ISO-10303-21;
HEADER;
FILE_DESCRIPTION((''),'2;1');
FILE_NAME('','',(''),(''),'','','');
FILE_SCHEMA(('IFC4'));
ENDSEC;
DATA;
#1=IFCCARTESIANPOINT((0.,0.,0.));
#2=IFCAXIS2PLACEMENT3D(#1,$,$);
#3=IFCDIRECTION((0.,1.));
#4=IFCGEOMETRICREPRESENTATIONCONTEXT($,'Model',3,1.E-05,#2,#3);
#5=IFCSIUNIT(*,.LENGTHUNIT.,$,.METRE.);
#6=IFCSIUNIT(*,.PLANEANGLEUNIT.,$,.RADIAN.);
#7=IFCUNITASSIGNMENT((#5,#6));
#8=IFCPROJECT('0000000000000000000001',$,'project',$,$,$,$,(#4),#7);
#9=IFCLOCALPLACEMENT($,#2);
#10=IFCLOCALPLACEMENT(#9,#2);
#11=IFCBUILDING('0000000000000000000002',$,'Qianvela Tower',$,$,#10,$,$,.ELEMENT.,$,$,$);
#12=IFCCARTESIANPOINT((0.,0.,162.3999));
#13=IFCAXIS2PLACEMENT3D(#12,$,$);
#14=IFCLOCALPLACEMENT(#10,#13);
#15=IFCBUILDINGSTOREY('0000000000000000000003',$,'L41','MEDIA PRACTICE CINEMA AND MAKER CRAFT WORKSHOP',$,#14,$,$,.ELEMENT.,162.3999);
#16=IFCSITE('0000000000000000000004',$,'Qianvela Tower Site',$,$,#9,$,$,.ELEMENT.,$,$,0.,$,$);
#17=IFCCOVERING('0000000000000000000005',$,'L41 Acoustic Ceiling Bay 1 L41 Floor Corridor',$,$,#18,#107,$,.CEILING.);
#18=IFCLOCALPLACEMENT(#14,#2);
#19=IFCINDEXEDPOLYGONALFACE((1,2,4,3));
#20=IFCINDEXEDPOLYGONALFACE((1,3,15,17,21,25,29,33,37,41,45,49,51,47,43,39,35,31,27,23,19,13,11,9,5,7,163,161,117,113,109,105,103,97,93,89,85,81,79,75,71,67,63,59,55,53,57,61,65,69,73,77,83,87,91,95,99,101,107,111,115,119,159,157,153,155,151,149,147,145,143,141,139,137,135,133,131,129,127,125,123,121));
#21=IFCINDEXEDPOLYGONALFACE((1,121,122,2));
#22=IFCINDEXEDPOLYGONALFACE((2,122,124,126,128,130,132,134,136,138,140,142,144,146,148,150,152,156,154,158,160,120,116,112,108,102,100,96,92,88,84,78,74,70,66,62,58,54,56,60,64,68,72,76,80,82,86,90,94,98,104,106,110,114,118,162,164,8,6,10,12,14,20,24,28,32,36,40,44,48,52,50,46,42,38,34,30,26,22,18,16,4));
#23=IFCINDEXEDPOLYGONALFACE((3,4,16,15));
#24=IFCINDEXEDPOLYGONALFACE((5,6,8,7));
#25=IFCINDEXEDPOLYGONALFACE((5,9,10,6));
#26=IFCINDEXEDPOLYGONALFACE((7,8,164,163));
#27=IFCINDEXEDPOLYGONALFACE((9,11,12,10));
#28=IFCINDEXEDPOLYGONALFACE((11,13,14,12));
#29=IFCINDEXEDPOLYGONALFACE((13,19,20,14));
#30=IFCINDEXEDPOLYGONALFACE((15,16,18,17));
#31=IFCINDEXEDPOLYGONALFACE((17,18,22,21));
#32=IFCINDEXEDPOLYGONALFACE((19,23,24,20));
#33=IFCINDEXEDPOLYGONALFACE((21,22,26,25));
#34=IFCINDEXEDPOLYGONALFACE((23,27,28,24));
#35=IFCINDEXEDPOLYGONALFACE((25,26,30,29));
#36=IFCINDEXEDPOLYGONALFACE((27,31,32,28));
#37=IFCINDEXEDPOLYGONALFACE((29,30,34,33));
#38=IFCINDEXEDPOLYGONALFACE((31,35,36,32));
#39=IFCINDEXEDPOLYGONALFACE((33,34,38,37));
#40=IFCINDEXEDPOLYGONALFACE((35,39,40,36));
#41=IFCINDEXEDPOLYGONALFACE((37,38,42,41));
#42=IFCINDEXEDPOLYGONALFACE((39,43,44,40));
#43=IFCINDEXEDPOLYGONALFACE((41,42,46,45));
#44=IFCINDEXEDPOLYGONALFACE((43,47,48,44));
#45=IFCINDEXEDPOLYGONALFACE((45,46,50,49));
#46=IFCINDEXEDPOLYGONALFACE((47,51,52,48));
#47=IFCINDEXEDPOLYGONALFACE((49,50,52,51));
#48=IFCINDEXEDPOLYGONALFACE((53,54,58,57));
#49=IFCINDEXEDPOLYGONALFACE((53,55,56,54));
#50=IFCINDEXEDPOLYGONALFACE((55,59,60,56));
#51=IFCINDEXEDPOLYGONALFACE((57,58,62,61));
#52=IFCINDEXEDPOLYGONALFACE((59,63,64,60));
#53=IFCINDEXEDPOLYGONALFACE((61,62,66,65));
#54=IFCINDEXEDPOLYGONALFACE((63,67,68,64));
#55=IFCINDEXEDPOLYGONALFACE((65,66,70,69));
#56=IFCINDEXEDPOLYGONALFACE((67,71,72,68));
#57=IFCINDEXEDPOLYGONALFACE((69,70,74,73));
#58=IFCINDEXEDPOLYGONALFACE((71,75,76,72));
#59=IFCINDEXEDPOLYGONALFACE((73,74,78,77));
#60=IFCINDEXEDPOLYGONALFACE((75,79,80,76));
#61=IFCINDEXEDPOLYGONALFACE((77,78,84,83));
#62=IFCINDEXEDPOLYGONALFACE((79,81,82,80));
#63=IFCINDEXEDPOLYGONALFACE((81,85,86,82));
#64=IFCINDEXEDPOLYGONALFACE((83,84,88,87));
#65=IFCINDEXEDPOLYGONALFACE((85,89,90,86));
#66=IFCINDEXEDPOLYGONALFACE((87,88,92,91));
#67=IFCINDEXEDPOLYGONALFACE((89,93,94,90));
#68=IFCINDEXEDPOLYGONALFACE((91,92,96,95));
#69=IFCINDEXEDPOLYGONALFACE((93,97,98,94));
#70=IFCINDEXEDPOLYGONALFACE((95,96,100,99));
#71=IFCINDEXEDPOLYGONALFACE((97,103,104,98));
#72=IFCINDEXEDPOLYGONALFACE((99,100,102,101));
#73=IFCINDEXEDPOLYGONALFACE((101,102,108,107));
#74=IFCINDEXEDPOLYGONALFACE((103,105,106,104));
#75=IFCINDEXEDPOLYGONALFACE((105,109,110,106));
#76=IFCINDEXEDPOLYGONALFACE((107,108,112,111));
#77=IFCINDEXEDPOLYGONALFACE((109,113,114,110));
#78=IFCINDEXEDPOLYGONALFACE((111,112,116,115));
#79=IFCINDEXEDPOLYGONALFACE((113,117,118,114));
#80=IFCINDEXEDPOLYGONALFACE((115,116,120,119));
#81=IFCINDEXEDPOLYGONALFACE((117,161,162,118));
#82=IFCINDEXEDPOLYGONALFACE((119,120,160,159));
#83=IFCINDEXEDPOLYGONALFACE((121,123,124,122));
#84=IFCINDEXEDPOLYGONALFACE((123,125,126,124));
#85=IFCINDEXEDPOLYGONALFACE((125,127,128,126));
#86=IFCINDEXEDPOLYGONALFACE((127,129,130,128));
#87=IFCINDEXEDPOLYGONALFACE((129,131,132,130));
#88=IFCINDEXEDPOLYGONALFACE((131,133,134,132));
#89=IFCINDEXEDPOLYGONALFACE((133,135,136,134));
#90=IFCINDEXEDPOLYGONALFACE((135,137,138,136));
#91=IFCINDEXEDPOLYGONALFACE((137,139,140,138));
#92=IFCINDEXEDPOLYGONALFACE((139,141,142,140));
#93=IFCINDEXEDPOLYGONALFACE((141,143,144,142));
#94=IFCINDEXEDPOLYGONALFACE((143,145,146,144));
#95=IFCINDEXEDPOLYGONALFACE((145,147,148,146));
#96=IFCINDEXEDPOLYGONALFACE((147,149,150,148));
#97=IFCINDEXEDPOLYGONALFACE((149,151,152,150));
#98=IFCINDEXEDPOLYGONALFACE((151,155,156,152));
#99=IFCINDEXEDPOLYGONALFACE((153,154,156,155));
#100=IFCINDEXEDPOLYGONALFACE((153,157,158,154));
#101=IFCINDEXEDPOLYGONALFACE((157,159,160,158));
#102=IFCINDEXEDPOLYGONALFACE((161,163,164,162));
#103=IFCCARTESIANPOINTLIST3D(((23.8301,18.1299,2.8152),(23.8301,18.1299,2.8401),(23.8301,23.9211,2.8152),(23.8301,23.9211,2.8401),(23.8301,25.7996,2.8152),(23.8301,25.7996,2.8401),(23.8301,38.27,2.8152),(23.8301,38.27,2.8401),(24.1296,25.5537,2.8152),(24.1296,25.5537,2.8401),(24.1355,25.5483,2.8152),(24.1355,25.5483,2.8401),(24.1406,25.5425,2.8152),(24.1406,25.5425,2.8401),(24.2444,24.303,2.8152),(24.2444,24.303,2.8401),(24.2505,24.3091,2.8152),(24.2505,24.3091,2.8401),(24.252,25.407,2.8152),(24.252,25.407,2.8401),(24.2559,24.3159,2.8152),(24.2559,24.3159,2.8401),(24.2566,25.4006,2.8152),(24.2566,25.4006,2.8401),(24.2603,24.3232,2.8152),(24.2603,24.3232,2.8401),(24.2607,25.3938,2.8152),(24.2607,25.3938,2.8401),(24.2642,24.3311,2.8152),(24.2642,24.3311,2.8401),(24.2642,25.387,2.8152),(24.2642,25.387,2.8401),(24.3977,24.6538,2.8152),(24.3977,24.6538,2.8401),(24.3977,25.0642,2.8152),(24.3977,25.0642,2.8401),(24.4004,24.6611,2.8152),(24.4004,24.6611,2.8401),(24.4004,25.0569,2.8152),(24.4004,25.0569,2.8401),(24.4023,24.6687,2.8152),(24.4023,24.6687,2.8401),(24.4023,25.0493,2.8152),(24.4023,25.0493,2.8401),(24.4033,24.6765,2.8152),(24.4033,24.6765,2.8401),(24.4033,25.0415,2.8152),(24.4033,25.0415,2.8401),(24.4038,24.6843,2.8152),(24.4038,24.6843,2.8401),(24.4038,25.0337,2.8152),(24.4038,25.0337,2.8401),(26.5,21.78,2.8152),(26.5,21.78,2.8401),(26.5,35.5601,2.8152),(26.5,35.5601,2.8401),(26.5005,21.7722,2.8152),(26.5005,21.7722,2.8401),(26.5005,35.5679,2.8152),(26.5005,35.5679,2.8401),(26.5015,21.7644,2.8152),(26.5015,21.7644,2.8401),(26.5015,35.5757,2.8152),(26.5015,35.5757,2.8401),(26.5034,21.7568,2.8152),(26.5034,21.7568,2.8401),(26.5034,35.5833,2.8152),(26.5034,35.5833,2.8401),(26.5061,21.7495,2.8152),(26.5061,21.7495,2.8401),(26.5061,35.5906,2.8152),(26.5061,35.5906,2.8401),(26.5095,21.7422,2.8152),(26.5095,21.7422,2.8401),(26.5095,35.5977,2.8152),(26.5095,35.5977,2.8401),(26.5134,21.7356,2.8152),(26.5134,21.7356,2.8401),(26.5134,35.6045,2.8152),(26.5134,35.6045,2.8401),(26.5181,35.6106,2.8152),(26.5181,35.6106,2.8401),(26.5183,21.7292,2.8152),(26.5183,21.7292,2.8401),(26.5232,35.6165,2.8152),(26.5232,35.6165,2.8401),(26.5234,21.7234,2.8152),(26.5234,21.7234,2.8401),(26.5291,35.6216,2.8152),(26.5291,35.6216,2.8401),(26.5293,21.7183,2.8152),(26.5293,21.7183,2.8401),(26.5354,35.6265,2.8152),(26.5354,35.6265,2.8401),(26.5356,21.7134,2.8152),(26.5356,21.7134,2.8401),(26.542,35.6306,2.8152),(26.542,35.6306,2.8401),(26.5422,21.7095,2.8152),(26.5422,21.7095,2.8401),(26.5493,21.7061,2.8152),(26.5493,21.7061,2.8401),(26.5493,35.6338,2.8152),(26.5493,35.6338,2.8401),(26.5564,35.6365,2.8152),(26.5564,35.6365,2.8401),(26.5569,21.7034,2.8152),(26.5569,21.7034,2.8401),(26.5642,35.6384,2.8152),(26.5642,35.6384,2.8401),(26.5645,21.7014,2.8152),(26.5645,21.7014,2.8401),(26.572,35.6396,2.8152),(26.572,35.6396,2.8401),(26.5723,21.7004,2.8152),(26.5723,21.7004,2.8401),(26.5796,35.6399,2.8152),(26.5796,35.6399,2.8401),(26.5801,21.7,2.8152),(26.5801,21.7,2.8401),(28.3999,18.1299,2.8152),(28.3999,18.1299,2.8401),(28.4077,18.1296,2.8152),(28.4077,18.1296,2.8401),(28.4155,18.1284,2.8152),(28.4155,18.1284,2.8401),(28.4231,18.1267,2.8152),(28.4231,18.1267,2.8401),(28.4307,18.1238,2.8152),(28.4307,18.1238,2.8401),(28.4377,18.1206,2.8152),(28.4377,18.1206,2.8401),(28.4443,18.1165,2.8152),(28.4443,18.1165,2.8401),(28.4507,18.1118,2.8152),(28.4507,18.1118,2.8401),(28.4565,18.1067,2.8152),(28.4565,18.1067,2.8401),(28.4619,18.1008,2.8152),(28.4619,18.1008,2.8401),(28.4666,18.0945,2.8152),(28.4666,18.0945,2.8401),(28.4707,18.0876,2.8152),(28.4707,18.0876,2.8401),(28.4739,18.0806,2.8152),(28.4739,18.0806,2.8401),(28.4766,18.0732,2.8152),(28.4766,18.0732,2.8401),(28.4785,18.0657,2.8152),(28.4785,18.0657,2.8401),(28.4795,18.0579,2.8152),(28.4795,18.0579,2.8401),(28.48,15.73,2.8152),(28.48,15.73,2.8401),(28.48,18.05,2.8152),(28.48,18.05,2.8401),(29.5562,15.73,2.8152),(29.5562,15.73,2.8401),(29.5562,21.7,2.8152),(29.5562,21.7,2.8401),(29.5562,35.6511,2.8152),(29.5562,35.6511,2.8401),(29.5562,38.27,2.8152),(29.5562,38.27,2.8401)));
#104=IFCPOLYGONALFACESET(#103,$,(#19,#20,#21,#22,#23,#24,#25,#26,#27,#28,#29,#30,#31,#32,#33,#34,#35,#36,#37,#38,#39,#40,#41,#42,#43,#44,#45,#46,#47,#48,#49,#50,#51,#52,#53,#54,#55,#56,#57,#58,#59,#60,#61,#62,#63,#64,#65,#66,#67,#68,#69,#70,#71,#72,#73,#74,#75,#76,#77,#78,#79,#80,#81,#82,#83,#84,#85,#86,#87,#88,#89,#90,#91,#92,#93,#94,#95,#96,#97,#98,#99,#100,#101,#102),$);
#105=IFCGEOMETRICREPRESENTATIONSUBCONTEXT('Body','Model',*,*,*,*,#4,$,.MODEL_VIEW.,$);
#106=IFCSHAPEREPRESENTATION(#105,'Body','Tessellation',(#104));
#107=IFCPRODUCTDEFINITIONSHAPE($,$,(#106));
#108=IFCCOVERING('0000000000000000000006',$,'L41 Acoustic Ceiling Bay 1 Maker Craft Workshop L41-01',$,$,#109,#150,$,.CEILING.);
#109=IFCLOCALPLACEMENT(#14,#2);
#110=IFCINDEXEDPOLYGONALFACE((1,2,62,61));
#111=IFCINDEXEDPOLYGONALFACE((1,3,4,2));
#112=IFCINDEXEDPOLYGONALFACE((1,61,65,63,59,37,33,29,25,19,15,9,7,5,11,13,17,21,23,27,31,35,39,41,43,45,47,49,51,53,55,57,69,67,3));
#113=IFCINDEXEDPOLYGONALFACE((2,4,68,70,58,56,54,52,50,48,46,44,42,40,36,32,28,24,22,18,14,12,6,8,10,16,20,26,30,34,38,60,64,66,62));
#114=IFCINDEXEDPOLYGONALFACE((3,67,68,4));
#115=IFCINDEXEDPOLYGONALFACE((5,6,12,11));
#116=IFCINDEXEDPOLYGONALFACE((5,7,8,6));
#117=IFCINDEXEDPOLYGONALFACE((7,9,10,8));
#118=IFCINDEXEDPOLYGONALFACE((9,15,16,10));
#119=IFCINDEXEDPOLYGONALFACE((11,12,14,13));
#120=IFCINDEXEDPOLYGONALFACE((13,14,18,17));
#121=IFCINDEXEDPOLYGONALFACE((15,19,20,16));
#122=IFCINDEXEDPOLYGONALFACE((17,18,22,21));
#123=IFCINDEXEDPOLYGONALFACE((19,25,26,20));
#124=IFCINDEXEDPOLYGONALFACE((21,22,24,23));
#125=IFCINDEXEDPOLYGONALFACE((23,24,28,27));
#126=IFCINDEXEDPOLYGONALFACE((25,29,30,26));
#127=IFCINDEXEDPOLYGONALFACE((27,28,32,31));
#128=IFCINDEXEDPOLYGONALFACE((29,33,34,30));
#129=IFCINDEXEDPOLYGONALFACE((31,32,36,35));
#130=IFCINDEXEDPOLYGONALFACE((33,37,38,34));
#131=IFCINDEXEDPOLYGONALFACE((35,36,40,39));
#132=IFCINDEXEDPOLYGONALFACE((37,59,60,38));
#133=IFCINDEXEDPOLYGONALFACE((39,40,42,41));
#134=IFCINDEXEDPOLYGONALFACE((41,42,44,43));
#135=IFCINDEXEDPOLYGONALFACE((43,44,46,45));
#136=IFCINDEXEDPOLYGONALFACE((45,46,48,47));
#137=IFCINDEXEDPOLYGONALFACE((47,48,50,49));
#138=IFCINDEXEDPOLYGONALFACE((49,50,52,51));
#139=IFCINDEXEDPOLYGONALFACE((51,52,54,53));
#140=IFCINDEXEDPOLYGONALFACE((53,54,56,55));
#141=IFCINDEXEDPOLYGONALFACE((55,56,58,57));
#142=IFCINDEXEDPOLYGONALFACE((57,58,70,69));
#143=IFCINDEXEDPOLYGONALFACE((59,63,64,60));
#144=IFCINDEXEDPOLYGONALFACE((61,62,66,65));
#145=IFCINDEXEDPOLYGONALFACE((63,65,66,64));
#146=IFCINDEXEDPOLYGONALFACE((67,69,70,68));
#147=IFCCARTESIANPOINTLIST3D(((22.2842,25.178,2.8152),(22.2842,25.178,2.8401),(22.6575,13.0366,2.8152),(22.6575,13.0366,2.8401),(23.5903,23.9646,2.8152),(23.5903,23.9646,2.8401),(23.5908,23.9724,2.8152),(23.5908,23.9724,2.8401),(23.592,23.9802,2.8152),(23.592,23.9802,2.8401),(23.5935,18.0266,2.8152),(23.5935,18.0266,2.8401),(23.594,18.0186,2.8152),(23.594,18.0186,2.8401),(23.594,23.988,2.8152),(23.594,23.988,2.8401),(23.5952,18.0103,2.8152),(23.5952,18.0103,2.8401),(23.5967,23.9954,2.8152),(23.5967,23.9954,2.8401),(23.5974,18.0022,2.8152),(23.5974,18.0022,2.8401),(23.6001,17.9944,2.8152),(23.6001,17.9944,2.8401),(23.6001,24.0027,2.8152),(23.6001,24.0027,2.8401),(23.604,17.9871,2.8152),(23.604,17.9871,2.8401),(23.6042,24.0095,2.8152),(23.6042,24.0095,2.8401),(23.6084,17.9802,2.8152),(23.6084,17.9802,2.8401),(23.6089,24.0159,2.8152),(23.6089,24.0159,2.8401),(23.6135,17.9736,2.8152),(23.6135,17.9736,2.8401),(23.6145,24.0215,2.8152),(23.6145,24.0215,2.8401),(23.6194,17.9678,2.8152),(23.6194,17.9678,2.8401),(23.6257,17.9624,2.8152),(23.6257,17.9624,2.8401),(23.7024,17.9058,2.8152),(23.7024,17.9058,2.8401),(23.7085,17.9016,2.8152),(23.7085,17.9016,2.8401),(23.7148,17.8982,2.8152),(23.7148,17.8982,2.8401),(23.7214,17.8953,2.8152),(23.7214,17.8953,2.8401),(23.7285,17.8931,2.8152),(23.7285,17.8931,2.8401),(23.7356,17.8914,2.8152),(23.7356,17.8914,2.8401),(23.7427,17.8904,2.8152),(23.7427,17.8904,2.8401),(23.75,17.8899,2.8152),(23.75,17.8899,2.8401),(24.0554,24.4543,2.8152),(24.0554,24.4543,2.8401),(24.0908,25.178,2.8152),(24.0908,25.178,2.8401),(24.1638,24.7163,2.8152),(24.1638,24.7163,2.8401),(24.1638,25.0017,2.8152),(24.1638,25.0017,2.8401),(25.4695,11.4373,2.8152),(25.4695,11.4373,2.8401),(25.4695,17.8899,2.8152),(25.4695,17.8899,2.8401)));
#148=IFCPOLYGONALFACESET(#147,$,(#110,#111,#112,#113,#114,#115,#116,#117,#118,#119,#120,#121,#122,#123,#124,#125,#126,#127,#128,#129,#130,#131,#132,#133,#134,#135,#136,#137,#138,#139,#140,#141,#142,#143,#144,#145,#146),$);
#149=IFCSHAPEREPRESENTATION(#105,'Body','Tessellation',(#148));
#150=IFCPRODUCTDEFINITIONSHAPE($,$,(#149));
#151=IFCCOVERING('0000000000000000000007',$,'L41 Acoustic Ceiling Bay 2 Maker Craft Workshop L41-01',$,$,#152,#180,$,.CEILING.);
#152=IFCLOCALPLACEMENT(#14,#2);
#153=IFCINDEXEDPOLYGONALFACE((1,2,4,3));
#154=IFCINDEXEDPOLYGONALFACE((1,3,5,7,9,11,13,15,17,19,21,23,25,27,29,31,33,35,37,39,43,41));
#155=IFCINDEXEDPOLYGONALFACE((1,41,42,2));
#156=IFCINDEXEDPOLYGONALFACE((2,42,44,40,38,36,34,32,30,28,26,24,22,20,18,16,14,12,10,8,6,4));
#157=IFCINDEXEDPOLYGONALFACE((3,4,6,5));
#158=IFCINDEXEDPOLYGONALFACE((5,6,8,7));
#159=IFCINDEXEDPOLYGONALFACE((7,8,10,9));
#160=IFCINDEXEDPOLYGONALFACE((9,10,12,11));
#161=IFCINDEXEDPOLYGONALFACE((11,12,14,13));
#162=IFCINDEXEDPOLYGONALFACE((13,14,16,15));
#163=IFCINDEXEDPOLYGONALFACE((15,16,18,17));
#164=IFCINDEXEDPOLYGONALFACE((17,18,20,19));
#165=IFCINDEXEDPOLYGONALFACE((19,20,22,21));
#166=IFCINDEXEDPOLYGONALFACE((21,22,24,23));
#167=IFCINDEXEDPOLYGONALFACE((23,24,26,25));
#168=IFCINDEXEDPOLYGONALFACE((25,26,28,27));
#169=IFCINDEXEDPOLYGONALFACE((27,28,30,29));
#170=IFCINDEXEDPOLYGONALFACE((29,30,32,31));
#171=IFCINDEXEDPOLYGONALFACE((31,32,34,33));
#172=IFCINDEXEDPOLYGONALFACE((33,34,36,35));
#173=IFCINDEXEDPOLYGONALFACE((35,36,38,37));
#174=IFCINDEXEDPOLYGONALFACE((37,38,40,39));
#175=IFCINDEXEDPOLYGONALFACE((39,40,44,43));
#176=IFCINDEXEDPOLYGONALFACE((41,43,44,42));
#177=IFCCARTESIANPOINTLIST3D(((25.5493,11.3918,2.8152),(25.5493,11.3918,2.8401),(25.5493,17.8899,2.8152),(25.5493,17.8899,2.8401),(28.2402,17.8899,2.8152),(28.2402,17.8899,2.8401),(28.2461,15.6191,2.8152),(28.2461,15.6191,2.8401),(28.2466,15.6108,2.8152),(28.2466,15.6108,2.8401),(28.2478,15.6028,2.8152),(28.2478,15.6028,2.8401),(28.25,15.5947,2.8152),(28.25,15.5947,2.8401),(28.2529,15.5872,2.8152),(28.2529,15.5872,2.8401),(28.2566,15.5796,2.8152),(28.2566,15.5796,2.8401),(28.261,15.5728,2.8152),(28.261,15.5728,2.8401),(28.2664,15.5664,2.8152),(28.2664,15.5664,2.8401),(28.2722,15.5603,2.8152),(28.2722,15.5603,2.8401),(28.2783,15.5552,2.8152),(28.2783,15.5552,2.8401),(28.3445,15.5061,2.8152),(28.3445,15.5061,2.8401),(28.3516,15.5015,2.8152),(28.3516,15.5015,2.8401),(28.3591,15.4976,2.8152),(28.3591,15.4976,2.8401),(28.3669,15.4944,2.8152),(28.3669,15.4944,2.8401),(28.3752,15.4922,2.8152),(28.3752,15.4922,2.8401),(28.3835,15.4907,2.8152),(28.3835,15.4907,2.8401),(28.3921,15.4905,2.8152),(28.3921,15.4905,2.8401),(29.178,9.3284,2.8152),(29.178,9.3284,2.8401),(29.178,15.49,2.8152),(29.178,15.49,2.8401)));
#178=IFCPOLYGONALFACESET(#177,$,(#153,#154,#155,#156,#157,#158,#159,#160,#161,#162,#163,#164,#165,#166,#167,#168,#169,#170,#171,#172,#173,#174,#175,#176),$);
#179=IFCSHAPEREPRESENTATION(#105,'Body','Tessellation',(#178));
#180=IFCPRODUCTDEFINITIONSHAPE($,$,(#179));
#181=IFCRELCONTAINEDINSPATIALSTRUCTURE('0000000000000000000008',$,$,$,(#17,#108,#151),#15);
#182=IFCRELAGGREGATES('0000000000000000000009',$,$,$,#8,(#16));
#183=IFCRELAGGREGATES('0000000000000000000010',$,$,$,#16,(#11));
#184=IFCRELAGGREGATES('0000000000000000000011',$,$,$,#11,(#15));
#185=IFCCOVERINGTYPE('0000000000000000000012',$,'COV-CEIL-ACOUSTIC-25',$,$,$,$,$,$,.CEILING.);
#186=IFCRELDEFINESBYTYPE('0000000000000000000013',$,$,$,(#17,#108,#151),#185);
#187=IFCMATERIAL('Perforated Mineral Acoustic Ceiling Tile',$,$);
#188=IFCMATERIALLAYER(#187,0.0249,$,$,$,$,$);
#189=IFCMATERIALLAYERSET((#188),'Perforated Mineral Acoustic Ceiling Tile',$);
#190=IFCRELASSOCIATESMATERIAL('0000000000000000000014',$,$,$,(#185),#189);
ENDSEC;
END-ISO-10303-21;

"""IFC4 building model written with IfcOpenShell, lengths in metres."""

from ifc_helpers import new_model, si_unit, direction, frame, origin, place, context, subcontext, project, spatial, polyline, outline, extrude, material, layer, layer_set, type_object, element, save


model = new_model("IFC4")

# Units and contexts
model_context = context("Model", 3, precision=1e-05, world=origin(), true_north=direction((0.0, 1.0)))
body_context = subcontext(model_context, "Body", "Model", "MODEL_VIEW")
ifc_project = project(units=[si_unit("LENGTHUNIT", "METRE"), si_unit("PLANEANGLEUNIT", "RADIAN")], contexts=[model_context])

# Site, building, storey
site_placement = place(None, origin())
site = spatial("IfcSite", under=ifc_project, at=site_placement, Name="Qianvela Tower Site", CompositionType="ELEMENT", RefElevation=0.0)
building_placement = place(site_placement, origin())
building = spatial("IfcBuilding", under=site, at=building_placement, Name="Qianvela Tower", CompositionType="ELEMENT")
storey_placement = place(building_placement, frame((0.0, 0.0, 162.3999)))
storey = spatial("IfcBuildingStorey", under=building, at=storey_placement, Name="L41", Description="MEDIA PRACTICE CINEMA AND MAKER CRAFT WORKSHOP", CompositionType="ELEMENT", Elevation=162.3999)

# Coverings
ifc_material_1 = material(Name="Perforated Mineral Acoustic Ceiling Tile")
ifc_layer_1 = layer(ifc_material_1, 0.0249)
ifc_layer_set_1 = layer_set([ifc_layer_1], Name="Perforated Mineral Acoustic Ceiling Tile")
covering_type_1 = type_object("IfcCoveringType", Name="COV-CEIL-ACOUSTIC-25", PredefinedType="CEILING", material=ifc_layer_set_1)
covering_1_placement = place(storey_placement, frame((0.0, 0.0, 2.8152)))
element("IfcCovering", 1, at=covering_1_placement, inside=storey, type_object=covering_type_1, Name="L41 Acoustic Ceiling Bay 1 L41 Floor Corridor", PredefinedType="CEILING", context=body_context, shape_type="SweptSolid", body=[
    extrude(outline(polyline([(24.4033, 25.0415), (24.4023, 25.0493), (24.4004, 25.0569), (24.3977, 25.0642), (24.2642, 25.387), (24.2607, 25.3938), (24.2566, 25.4006), (24.252, 25.407), (24.1406, 25.5425), (24.1355, 25.5483), (24.1296, 25.5537), (23.8301, 25.7996), (23.8301, 38.27), (29.5562, 38.27), (29.5562, 35.6511), (26.5796, 35.6399), (26.572, 35.6396), (26.5642, 35.6384), (26.5564, 35.6365), (26.5493, 35.6338), (26.542, 35.6306), (26.5354, 35.6265), (26.5291, 35.6216), (26.5232, 35.6165), (26.5181, 35.6106), (26.5134, 35.6045), (26.5095, 35.5977), (26.5061, 35.5906), (26.5034, 35.5833), (26.5015, 35.5757), (26.5005, 35.5679), (26.5, 35.5601), (26.5, 21.78), (26.5005, 21.7722), (26.5015, 21.7644), (26.5034, 21.7568), (26.5061, 21.7495), (26.5095, 21.7422), (26.5134, 21.7356), (26.5183, 21.7292), (26.5234, 21.7234), (26.5293, 21.7183), (26.5356, 21.7134), (26.5422, 21.7095), (26.5493, 21.7061), (26.5569, 21.7034), (26.5645, 21.7014), (26.5723, 21.7004), (26.5801, 21.7), (29.5562, 21.7), (29.5562, 15.73), (28.48, 15.73), (28.48, 18.05), (28.4795, 18.0579), (28.4785, 18.0657), (28.4766, 18.0732), (28.4739, 18.0806), (28.4707, 18.0876), (28.4666, 18.0945), (28.4619, 18.1008), (28.4565, 18.1067), (28.4507, 18.1118), (28.4443, 18.1165), (28.4377, 18.1206), (28.4307, 18.1238), (28.4231, 18.1267), (28.4155, 18.1284), (28.4077, 18.1296), (28.3999, 18.1299), (23.8301, 18.1299), (23.8301, 23.9211), (24.2444, 24.303), (24.2505, 24.3091), (24.2559, 24.3159), (24.2603, 24.3232), (24.2642, 24.3311), (24.3977, 24.6538), (24.4004, 24.6611), (24.4023, 24.6687), (24.4033, 24.6765), (24.4038, 24.6843), (24.4038, 25.0337), (24.4033, 25.0415)])), origin(), (0.0, 0.0, 1.0), 0.0249),
])
covering_2_placement = place(storey_placement, frame((0.0, 0.0, 2.8152)))
element("IfcCovering", 2, at=covering_2_placement, inside=storey, type_object=covering_type_1, Name="L41 Acoustic Ceiling Bay 1 Maker Craft Workshop L41-01", PredefinedType="CEILING", context=body_context, shape_type="SweptSolid", body=[
    extrude(outline(polyline([(24.0908, 25.178), (24.1638, 25.0017), (24.1638, 24.7163), (24.0554, 24.4543), (23.6145, 24.0215), (23.6089, 24.0159), (23.6042, 24.0095), (23.6001, 24.0027), (23.5967, 23.9954), (23.594, 23.988), (23.592, 23.9802), (23.5908, 23.9724), (23.5903, 23.9646), (23.5935, 18.0266), (23.594, 18.0186), (23.5952, 18.0103), (23.5974, 18.0022), (23.6001, 17.9944), (23.604, 17.9871), (23.6084, 17.9802), (23.6135, 17.9736), (23.6194, 17.9678), (23.6257, 17.9624), (23.7024, 17.9058), (23.7085, 17.9016), (23.7148, 17.8982), (23.7214, 17.8953), (23.7285, 17.8931), (23.7356, 17.8914), (23.7427, 17.8904), (23.75, 17.8899), (25.4695, 17.8899), (25.4695, 11.4373), (22.6575, 13.0366), (22.2842, 25.178), (24.0908, 25.178)])), origin(), (0.0, 0.0, 1.0), 0.0249),
])
covering_3_placement = place(storey_placement, frame((0.0, 0.0, 2.8152)))
element("IfcCovering", 3, at=covering_3_placement, inside=storey, type_object=covering_type_1, Name="L41 Acoustic Ceiling Bay 2 Maker Craft Workshop L41-01", PredefinedType="CEILING", context=body_context, shape_type="SweptSolid", body=[
    extrude(outline(polyline([(28.2402, 17.8899), (28.2461, 15.6191), (28.2466, 15.6108), (28.2478, 15.6028), (28.25, 15.5947), (28.2529, 15.5872), (28.2566, 15.5796), (28.261, 15.5728), (28.2664, 15.5664), (28.2722, 15.5603), (28.2783, 15.5552), (28.3445, 15.5061), (28.3516, 15.5015), (28.3591, 15.4976), (28.3669, 15.4944), (28.3752, 15.4922), (28.3835, 15.4907), (28.3921, 15.4905), (29.178, 15.49), (29.178, 9.3284), (25.5493, 11.3918), (25.5493, 17.8899), (28.2402, 17.8899)])), origin(), (0.0, 0.0, 1.0), 0.0249),
])

save(model, "model.ifc")
